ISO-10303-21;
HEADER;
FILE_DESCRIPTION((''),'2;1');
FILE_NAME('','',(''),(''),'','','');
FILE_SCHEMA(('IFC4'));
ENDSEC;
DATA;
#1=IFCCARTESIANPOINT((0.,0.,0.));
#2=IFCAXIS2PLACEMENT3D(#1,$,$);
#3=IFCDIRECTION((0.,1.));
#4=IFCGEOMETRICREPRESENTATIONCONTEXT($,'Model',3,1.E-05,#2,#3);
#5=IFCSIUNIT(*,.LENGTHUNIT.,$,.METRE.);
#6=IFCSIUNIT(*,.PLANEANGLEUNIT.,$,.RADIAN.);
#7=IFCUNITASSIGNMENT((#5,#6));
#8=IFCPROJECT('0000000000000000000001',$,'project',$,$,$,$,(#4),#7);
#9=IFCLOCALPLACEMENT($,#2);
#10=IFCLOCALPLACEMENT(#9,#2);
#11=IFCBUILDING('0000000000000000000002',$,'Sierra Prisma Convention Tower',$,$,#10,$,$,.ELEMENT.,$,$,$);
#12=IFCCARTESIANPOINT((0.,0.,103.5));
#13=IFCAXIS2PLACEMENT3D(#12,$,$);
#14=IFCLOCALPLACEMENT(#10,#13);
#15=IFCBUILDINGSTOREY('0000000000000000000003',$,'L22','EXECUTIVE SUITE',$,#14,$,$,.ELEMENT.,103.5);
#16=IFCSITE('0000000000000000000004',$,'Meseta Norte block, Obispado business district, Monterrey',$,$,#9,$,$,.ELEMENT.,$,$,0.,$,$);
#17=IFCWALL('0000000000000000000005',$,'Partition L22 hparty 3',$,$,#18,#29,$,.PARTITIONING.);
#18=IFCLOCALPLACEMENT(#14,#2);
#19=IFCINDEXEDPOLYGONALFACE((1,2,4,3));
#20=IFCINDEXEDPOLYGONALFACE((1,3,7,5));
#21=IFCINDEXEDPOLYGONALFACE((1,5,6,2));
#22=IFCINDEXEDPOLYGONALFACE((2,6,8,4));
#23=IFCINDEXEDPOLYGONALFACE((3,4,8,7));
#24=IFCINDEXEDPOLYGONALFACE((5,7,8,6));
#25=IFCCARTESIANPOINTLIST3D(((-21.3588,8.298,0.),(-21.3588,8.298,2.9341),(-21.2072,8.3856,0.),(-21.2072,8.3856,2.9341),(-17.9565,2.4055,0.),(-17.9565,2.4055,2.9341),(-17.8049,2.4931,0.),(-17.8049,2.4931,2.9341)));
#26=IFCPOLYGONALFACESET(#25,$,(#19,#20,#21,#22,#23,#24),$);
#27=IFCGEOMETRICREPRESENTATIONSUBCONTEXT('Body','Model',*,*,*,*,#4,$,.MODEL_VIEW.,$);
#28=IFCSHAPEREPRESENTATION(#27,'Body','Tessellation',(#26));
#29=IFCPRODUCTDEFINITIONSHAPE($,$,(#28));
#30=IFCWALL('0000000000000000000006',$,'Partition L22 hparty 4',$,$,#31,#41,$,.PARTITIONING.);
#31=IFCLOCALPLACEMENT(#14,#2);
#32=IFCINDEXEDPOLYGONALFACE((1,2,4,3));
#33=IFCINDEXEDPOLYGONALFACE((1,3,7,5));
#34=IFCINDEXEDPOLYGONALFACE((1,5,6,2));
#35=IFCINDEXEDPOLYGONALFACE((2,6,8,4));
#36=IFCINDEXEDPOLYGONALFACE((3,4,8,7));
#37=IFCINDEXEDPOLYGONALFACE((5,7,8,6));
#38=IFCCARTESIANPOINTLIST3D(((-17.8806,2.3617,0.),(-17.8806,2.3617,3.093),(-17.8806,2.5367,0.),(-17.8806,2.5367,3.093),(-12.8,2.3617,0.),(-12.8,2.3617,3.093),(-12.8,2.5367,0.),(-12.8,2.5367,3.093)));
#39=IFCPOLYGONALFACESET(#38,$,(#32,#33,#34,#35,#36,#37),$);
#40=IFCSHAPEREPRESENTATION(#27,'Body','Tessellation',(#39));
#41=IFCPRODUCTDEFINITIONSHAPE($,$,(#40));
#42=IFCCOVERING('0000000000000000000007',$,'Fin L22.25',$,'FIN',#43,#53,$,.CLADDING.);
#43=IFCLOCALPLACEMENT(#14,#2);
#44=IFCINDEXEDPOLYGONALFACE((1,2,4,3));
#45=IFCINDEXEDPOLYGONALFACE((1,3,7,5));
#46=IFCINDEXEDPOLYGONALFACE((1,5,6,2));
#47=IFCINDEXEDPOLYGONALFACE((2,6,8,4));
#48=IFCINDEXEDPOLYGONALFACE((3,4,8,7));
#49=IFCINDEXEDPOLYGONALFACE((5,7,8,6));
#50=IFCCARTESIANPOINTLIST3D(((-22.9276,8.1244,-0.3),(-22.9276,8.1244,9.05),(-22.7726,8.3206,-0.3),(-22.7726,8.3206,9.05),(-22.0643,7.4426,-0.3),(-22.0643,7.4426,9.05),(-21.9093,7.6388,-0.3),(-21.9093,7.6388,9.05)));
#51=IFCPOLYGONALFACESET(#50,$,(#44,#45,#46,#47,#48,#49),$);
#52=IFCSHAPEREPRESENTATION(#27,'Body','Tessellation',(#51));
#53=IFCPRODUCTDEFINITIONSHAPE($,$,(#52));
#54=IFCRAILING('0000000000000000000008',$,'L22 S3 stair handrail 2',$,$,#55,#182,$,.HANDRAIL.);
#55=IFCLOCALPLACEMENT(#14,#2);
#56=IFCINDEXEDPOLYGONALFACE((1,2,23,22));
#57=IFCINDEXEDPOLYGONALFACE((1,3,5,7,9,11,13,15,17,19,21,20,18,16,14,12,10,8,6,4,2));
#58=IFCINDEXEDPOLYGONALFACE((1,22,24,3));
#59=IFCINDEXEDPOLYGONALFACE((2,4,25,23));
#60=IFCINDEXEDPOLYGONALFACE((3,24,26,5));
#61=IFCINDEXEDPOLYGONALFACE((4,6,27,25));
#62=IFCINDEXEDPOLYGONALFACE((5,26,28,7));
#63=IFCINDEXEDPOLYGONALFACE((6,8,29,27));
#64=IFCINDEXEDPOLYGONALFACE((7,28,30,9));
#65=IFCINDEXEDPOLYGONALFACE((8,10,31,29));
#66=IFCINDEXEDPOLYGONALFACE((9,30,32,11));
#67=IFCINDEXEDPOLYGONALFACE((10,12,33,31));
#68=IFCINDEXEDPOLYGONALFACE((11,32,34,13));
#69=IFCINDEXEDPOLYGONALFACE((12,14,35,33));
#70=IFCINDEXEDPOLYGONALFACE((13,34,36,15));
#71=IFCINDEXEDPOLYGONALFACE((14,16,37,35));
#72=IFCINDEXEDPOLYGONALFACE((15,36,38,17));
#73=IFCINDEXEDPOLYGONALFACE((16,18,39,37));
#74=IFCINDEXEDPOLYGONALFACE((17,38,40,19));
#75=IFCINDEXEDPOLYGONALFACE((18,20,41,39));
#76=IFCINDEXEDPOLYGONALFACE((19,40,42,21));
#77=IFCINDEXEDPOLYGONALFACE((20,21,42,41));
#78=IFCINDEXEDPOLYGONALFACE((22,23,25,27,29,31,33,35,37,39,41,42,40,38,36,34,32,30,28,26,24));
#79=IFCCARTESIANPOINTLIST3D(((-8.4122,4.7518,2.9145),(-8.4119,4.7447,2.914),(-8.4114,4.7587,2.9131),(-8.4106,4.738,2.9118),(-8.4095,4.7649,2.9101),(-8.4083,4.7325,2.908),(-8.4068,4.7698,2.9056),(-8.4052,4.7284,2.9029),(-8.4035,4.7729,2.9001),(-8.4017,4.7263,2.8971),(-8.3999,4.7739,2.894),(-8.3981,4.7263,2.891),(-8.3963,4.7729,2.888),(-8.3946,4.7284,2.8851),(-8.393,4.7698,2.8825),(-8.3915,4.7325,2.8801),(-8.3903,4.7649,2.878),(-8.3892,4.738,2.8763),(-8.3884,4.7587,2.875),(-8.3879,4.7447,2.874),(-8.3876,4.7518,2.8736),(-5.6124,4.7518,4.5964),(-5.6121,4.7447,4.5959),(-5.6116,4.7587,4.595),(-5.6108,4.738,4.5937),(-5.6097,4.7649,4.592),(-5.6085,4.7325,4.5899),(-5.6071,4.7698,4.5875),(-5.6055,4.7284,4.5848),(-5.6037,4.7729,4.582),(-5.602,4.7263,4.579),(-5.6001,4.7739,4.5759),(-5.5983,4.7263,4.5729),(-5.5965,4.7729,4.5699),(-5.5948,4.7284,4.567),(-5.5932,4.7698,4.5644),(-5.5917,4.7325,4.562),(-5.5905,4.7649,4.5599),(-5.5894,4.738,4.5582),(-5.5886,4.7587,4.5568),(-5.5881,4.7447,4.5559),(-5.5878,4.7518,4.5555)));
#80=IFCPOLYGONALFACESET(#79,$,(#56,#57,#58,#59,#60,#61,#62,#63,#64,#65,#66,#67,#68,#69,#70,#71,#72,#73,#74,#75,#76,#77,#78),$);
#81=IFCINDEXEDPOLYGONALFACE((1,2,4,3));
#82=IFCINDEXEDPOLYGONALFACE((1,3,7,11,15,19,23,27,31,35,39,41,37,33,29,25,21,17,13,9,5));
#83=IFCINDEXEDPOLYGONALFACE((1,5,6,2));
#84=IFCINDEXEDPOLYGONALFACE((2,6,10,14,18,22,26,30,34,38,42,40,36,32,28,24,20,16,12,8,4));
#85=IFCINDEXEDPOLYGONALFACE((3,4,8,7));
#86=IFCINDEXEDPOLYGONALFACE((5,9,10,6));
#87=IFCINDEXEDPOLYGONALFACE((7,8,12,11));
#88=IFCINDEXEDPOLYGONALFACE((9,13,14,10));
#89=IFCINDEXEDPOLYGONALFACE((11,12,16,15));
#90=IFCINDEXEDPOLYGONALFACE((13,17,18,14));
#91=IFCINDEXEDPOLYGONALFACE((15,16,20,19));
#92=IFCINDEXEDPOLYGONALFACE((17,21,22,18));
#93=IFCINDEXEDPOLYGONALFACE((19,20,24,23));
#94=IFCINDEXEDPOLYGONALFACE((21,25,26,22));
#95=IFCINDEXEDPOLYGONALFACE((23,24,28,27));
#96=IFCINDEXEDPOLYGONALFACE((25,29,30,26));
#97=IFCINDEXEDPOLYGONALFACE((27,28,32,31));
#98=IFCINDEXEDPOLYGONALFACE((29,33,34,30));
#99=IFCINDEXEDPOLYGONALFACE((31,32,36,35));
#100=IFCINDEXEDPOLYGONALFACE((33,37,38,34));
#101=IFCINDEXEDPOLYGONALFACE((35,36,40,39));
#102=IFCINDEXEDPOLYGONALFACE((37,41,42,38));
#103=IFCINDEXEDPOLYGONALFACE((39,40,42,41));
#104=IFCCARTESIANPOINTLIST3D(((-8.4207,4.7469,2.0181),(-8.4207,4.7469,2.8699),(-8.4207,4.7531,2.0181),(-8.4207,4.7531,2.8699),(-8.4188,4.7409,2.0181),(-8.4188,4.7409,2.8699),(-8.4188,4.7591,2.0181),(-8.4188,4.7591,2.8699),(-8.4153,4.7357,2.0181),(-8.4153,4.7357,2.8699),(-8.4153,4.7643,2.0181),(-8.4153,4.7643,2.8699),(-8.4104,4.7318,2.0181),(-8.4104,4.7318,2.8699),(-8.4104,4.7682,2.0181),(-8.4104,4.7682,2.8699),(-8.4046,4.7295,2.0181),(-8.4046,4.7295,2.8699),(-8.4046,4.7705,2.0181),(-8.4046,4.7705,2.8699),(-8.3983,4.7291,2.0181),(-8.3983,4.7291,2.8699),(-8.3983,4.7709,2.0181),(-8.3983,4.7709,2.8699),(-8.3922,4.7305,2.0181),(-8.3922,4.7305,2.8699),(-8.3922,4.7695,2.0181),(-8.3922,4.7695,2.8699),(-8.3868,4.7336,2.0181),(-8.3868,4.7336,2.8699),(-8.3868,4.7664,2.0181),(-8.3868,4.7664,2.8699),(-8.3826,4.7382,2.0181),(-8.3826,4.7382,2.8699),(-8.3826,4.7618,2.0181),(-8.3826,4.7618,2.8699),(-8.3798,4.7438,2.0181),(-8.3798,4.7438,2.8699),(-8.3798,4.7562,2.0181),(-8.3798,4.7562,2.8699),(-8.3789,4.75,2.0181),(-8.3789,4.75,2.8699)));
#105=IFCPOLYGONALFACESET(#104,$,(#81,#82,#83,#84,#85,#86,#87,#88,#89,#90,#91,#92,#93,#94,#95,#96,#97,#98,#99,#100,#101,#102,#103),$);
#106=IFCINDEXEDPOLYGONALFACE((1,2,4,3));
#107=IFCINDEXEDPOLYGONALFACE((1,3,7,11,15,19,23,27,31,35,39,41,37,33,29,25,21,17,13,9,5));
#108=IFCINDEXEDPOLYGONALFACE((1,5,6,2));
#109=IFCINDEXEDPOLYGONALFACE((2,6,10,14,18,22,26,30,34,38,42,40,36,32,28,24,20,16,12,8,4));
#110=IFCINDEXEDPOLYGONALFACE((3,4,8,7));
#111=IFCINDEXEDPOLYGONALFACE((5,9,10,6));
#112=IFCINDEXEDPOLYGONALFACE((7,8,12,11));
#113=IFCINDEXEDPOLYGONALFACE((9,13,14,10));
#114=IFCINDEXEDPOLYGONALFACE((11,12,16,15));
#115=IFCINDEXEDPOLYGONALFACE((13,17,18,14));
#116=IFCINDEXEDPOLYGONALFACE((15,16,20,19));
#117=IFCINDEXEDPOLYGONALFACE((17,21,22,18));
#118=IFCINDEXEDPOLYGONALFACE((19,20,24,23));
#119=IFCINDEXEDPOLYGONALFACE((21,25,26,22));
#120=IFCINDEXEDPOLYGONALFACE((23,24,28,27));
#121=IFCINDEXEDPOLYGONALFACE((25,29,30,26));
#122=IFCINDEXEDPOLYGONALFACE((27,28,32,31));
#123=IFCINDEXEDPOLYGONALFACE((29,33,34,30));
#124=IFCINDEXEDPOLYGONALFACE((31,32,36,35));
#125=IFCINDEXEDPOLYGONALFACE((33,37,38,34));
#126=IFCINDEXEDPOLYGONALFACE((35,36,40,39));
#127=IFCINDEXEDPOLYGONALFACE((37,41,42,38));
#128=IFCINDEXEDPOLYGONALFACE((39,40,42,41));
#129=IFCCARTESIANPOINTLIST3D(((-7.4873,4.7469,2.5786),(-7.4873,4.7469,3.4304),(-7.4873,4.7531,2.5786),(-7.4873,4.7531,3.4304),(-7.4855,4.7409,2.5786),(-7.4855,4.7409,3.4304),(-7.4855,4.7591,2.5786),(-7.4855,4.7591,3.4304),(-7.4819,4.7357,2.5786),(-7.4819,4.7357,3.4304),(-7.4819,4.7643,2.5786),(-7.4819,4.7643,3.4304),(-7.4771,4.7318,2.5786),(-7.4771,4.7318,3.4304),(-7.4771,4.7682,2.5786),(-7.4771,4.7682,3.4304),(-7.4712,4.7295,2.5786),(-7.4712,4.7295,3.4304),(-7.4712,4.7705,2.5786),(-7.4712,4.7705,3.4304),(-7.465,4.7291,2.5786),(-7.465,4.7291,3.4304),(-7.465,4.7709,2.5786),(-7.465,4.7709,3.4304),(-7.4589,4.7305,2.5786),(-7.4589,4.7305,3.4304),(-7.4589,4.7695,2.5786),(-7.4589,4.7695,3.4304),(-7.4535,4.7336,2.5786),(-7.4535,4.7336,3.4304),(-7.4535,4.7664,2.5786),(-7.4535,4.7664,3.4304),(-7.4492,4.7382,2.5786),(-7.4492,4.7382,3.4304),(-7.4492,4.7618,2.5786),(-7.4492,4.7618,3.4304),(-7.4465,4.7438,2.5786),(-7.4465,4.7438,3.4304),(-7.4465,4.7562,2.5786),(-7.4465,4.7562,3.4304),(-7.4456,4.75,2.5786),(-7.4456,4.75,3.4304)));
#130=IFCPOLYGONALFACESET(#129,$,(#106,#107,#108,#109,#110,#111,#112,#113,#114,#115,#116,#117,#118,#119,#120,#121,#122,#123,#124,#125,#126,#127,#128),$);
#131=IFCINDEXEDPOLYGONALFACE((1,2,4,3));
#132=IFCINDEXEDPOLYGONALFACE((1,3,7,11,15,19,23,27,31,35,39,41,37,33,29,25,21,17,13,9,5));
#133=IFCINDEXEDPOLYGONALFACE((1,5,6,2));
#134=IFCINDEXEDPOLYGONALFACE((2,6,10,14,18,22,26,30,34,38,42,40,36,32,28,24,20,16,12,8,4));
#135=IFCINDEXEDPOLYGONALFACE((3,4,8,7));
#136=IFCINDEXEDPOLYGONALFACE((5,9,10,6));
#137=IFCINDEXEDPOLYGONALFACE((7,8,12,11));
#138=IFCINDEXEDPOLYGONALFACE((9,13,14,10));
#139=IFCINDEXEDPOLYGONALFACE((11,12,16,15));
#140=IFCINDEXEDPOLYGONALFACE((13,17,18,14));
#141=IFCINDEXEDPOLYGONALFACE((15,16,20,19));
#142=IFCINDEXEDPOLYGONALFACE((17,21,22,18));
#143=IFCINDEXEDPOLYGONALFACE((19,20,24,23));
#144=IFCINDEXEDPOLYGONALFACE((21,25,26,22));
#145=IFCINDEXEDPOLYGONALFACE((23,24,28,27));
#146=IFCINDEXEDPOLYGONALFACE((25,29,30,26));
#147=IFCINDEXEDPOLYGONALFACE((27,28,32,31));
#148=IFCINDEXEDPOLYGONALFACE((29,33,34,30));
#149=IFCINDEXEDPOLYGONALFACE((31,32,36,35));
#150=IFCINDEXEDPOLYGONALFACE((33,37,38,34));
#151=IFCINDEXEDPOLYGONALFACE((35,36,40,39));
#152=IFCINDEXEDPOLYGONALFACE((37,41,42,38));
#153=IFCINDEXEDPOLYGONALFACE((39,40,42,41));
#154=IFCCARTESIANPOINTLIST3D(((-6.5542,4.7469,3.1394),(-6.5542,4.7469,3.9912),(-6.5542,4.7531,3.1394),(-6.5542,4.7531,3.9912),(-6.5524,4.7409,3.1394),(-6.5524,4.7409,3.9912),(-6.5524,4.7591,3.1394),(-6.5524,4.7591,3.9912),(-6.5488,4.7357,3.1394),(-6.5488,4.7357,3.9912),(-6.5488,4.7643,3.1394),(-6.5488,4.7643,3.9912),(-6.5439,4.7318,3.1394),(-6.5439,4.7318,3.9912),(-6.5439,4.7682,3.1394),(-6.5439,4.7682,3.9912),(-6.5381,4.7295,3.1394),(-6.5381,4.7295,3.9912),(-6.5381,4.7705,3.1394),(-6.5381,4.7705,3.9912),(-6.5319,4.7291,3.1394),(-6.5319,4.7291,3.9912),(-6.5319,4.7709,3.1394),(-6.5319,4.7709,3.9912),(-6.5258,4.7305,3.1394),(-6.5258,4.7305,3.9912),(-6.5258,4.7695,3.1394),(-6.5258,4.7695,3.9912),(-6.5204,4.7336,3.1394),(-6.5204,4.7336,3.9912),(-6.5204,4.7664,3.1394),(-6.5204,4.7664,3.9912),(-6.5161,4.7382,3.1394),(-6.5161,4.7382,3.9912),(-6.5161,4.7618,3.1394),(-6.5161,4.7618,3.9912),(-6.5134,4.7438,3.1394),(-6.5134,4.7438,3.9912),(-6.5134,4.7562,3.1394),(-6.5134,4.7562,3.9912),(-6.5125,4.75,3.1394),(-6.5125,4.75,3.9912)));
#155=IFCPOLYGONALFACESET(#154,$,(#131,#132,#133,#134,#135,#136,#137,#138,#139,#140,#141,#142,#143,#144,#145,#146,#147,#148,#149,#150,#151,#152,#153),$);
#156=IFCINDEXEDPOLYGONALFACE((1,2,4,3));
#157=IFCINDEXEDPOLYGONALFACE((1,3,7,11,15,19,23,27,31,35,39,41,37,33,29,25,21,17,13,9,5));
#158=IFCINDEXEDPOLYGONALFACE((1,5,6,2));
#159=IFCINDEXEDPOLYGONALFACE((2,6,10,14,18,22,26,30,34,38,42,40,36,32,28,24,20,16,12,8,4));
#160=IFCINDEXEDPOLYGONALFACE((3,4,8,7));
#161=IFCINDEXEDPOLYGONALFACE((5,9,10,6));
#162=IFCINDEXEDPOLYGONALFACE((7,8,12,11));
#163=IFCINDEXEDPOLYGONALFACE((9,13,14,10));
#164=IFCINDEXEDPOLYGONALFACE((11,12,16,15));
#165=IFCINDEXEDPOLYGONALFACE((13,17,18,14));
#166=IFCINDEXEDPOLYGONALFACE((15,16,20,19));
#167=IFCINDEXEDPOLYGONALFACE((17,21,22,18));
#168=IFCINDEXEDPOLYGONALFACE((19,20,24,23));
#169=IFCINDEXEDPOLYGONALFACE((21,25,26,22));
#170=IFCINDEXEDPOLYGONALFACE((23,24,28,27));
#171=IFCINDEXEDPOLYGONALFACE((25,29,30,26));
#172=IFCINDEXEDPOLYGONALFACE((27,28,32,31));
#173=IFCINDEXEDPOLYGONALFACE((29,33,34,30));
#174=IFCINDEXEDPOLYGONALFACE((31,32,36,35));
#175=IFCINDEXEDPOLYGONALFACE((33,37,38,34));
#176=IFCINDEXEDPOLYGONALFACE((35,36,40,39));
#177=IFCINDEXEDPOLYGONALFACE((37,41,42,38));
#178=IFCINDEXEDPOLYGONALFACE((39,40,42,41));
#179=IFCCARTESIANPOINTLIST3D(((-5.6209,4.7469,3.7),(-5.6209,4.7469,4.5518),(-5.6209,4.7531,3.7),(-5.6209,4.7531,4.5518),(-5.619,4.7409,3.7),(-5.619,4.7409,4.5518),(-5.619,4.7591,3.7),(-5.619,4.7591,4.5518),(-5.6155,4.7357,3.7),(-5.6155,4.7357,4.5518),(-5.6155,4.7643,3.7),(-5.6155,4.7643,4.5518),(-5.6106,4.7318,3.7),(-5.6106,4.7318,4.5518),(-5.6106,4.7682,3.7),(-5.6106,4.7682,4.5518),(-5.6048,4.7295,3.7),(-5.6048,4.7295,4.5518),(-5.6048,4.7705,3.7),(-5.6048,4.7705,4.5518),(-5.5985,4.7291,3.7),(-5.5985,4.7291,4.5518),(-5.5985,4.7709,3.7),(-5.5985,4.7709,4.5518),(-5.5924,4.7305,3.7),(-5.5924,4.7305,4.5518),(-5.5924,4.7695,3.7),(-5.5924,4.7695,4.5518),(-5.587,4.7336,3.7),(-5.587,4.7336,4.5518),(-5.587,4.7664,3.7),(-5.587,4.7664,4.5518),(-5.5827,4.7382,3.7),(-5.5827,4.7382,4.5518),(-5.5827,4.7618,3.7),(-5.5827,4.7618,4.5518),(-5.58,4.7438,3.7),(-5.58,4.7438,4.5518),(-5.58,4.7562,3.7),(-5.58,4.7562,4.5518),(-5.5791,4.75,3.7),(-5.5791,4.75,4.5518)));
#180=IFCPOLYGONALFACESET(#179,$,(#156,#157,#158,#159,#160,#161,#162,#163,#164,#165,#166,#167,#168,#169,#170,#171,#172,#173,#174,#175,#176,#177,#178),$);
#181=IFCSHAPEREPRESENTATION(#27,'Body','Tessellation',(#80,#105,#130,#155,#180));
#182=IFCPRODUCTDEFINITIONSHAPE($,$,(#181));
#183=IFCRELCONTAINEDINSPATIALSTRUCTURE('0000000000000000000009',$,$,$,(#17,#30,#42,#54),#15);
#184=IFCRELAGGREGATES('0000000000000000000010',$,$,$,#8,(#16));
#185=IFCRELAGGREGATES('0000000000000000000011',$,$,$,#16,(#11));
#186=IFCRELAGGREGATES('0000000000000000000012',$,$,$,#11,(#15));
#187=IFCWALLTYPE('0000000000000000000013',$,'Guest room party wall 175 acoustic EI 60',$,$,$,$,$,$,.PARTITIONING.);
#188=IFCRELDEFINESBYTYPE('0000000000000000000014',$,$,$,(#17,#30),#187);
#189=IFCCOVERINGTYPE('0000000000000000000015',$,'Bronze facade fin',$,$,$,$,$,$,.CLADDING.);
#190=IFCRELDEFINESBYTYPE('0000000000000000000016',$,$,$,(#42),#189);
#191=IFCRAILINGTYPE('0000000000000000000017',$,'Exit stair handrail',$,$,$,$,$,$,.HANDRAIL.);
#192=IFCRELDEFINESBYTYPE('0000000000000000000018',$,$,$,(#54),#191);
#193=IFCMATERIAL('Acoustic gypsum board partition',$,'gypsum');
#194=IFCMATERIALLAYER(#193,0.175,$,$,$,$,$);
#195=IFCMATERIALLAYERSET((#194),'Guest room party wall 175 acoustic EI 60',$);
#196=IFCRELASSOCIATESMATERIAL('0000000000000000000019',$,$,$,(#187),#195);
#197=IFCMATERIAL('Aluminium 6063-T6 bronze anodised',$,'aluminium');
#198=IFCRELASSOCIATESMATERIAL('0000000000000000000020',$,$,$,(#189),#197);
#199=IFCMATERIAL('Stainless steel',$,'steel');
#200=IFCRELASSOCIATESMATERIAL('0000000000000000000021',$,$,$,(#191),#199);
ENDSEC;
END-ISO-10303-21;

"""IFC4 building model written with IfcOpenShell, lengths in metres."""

from ifc_helpers import new_model, si_unit, direction, frame, frame_2d, origin, origin_2d, place, context, subcontext, project, spatial, rectangle, circle, extrude, material, layer, layer_set, material_profile, profile_set, type_object, element, save


model = new_model("IFC4")

# Units and contexts
model_context = context("Model", 3, precision=1e-05, world=origin(), true_north=direction((0.0, 1.0)))
body_context = subcontext(model_context, "Body", "Model", "MODEL_VIEW")
ifc_project = project(units=[si_unit("LENGTHUNIT", "METRE"), si_unit("PLANEANGLEUNIT", "RADIAN")], contexts=[model_context])

# Site, building, storey
site_placement = place(None, origin())
site = spatial("IfcSite", under=ifc_project, at=site_placement, Name="Meseta Norte block, Obispado business district, Monterrey", CompositionType="ELEMENT", RefElevation=0.0)
building_placement = place(site_placement, origin())
building = spatial("IfcBuilding", under=site, at=building_placement, Name="Sierra Prisma Convention Tower", CompositionType="ELEMENT")
storey_placement = place(building_placement, frame((0.0, 0.0, 103.5)))
storey = spatial("IfcBuildingStorey", under=building, at=storey_placement, Name="L22", Description="EXECUTIVE SUITE", CompositionType="ELEMENT", Elevation=103.5)

# Walls
ifc_material_1 = material(Name="Acoustic gypsum board partition", Category="gypsum")
ifc_layer_1 = layer(ifc_material_1, 0.175)
ifc_layer_set_1 = layer_set([ifc_layer_1], Name="Guest room party wall 175 acoustic EI 60")
wall_type_1 = type_object("IfcWallType", Name="Guest room party wall 175 acoustic EI 60", PredefinedType="PARTITIONING", material=ifc_layer_set_1)
wall_1_placement = place(storey_placement, frame((-21.283, 8.3418, 0.0), z_axis=(0.0, 0.0, 1.0), x_axis=(0.500029, -0.866009, 0.0)))
element("IfcWall", 1, at=wall_1_placement, inside=storey, type_object=wall_type_1, Name="Partition L22 hparty 3", PredefinedType="PARTITIONING", context=body_context, shape_type="SweptSolid", body=[
    extrude(rectangle(XDim=6.8042, YDim=0.175, at=frame_2d((3.4021, 0.0))), origin(), (0.0, 0.0, 1.0), 2.9341),
])
wall_2_placement = place(storey_placement, frame((-17.8806, 2.4492, 0.0), z_axis=(0.0, 0.0, 1.0), x_axis=(1.0, 0.0, 0.0)))
element("IfcWall", 2, at=wall_2_placement, inside=storey, type_object=wall_type_1, Name="Partition L22 hparty 4", PredefinedType="PARTITIONING", context=body_context, shape_type="SweptSolid", body=[
    extrude(rectangle(XDim=5.0806, YDim=0.175, at=frame_2d((2.5403, 0.0))), origin(), (0.0, 0.0, 1.0), 3.093),
])

# Covering
ifc_material_2 = material(Name="Aluminium 6063-T6 bronze anodised", Category="aluminium")
ifc_material_profile_1 = material_profile(ifc_material_2, rectangle(XDim=1.1001, YDim=0.25, at=origin_2d()), Name="ALU FIN 1100x250")
ifc_profile_set_1 = profile_set([ifc_material_profile_1], Name="Aluminium 6063-T6 bronze anodised")
covering_type = type_object("IfcCoveringType", Name="Bronze facade fin", PredefinedType="CLADDING", material=ifc_profile_set_1)
covering_placement = place(storey_placement, frame((-22.4185, 7.8816, -0.3), z_axis=(0.0, 0.0, 1.0), x_axis=(-0.784743, 0.619821, 0.0)))
element("IfcCovering", 3, at=covering_placement, inside=storey, type_object=covering_type, Name="Fin L22.25", ObjectType="FIN", PredefinedType="CLADDING", context=body_context, shape_type="SweptSolid", body=[
    extrude(rectangle(XDim=1.1001, YDim=0.25, at=origin_2d()), origin(), (0.0, 0.0, 1.0), 9.3501),
])

# Railing
ifc_material_3 = material(Name="Stainless steel", Category="steel")
railing_type_1 = type_object("IfcRailingType", Name="Exit stair handrail", PredefinedType="HANDRAIL", material=ifc_material_3)
railing_1_placement = place(storey_placement, frame((-8.3999, 4.75, 2.0181)))
element("IfcRailing", 4, at=railing_1_placement, inside=storey, type_object=railing_type_1, Name="L22 S3 stair handrail 2", PredefinedType="HANDRAIL", context=body_context, shape_type="SweptSolid", body=[
    extrude(circle(Radius=0.0239, at=origin_2d()), frame((0.0, 0.0, 0.876), z_axis=(0.857222, 0.0, 0.514946), x_axis=(0.0, 1.0, 0.0)), (0.0, 0.0, 1.0), 3.2661),
    extrude(circle(Radius=0.021, at=origin_2d()), origin(), (0.0, 0.0, 1.0), 0.8518),
    extrude(circle(Radius=0.021, at=origin_2d()), frame((0.9333, 0.0, 0.5605)), (0.0, 0.0, 1.0), 0.8518),
    extrude(circle(Radius=0.021, at=origin_2d()), frame((1.8665, 0.0, 1.1213)), (0.0, 0.0, 1.0), 0.8518),
    extrude(circle(Radius=0.021, at=origin_2d()), frame((2.7998, 0.0, 1.6819)), (0.0, 0.0, 1.0), 0.8518),
])

save(model, "model.ifc")
